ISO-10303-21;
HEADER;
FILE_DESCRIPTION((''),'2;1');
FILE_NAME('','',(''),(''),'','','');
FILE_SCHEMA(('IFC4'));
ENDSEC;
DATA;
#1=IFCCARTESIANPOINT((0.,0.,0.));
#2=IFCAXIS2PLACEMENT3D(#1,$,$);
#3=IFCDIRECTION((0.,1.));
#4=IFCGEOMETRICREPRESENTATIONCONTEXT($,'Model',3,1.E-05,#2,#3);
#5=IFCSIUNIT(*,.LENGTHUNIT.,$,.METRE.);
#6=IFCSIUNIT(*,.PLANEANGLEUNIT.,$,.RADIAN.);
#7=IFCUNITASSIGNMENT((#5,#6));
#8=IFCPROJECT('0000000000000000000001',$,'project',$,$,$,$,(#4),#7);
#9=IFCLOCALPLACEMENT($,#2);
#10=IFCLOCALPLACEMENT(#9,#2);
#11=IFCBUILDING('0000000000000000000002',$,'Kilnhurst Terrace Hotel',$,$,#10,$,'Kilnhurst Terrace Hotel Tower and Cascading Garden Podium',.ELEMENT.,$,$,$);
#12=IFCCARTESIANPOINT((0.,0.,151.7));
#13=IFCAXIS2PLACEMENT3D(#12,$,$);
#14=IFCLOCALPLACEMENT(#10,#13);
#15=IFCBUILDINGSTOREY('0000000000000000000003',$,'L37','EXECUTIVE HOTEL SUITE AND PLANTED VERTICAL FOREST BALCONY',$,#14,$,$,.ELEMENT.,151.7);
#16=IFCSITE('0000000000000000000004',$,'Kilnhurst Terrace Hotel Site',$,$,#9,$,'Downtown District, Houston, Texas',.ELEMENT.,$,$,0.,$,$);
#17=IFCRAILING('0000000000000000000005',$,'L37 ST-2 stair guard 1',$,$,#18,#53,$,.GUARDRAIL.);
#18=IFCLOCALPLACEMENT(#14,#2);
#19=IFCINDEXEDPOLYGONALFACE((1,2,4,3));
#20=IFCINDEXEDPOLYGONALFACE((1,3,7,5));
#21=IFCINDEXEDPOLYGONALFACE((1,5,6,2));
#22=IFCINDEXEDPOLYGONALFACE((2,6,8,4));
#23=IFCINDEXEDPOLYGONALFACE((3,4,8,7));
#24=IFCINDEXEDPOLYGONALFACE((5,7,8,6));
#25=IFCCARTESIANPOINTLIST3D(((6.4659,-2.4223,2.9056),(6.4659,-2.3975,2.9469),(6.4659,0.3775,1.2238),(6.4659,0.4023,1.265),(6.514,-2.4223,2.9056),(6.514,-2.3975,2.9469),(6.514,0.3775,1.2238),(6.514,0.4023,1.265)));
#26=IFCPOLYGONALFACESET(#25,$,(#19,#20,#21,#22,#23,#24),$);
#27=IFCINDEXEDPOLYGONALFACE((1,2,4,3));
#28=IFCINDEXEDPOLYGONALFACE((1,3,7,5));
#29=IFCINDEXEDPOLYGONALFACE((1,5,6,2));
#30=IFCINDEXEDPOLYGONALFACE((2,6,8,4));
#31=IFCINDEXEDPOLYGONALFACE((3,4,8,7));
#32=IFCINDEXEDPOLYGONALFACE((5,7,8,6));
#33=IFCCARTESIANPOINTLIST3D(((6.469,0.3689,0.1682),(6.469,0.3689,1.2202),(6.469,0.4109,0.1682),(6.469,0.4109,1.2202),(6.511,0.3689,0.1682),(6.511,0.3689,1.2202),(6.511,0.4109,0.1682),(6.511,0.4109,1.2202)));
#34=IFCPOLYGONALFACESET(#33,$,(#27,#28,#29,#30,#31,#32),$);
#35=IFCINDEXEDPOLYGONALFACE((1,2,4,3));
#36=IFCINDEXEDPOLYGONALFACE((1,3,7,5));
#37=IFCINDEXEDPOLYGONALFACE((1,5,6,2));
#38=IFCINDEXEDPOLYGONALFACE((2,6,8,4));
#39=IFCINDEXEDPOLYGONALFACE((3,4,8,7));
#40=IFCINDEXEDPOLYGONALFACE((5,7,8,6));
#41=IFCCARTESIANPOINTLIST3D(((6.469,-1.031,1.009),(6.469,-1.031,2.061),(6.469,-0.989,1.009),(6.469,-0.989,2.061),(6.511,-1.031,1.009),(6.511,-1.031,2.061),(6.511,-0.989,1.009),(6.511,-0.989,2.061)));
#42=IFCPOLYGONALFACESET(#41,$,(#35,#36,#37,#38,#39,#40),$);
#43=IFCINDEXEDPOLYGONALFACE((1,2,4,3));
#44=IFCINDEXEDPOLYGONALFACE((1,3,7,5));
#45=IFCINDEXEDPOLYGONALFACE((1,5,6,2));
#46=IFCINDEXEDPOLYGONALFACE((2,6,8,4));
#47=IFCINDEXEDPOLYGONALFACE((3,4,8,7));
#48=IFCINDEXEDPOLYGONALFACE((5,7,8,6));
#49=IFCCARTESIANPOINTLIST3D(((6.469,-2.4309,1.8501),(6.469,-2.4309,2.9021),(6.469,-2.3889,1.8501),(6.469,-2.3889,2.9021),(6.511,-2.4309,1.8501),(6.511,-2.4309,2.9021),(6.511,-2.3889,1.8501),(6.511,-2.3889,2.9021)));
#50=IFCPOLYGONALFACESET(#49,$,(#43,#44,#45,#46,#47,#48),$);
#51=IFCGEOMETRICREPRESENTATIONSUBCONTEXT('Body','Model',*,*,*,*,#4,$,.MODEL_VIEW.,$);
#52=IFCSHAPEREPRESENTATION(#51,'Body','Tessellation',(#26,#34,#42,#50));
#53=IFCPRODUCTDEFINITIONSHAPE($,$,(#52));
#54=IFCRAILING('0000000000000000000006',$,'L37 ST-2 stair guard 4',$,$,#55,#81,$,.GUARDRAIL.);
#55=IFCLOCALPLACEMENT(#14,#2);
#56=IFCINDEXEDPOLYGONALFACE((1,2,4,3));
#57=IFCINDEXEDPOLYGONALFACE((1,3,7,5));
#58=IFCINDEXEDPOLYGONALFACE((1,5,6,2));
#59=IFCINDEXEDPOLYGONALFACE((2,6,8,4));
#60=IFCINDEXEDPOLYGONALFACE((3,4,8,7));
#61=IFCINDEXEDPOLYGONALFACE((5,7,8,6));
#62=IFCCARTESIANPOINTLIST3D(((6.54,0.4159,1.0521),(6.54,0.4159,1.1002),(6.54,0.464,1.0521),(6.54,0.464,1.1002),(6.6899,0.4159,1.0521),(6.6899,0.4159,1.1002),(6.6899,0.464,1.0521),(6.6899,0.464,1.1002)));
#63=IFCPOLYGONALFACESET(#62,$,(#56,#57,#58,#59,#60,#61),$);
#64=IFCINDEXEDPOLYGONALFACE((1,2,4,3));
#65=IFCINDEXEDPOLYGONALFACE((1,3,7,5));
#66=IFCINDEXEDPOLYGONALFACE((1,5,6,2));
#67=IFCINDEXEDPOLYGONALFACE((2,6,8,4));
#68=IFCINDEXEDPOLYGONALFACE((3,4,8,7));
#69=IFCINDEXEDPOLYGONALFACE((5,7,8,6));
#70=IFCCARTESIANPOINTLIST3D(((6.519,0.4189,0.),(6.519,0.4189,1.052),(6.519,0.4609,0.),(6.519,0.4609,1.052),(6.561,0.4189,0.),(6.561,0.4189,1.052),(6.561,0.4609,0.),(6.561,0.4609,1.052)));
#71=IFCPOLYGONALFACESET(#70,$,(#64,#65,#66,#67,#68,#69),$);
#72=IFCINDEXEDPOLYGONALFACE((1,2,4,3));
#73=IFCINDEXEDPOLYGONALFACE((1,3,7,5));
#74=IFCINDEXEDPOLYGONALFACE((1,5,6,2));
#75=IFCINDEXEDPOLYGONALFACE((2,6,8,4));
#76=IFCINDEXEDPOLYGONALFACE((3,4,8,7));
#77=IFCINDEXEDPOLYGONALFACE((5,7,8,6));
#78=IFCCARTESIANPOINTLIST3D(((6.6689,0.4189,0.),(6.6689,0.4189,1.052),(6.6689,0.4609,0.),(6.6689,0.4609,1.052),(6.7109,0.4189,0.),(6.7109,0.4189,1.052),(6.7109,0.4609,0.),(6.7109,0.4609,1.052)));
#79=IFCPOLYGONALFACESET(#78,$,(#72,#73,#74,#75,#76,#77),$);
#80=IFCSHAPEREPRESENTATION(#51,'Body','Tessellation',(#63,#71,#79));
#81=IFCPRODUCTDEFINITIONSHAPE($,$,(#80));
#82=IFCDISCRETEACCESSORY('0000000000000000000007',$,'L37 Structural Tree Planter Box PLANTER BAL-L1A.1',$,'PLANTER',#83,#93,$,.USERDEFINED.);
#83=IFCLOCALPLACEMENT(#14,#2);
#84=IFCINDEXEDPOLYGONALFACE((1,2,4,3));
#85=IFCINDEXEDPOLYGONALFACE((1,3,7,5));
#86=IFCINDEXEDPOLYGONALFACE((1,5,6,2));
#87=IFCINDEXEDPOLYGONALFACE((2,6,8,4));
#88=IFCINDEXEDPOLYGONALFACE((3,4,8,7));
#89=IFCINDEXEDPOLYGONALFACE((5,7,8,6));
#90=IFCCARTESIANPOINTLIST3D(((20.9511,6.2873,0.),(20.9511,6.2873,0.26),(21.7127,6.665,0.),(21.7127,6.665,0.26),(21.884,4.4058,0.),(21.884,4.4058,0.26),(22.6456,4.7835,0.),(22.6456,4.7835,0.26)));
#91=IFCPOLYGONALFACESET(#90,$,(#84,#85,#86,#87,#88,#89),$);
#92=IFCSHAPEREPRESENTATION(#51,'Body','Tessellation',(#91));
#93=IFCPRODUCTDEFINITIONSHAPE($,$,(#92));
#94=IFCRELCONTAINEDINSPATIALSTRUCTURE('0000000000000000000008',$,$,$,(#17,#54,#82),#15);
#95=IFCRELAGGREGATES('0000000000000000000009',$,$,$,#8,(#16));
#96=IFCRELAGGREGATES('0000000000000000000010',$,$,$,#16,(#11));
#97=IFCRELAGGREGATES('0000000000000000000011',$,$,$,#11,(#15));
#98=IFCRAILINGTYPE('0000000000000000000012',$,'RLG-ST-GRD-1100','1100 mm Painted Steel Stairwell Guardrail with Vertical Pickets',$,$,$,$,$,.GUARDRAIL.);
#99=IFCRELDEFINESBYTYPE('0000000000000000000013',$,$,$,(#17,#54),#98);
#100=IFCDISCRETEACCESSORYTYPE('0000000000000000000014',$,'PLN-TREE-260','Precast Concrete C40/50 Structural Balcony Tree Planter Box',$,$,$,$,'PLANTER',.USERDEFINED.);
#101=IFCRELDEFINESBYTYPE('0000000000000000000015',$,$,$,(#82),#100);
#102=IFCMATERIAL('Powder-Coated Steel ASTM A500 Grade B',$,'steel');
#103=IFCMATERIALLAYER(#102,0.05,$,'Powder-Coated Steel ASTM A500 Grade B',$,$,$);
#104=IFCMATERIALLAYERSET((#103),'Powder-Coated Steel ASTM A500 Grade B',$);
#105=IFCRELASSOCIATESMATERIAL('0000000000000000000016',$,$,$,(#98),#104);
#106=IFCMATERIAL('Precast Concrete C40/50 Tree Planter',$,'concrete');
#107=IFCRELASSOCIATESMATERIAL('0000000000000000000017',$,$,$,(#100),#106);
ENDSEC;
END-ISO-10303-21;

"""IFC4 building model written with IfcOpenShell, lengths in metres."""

from ifc_helpers import new_model, si_unit, direction, frame, origin, origin_2d, place, context, subcontext, project, spatial, rectangle, extrude, material, layer, layer_set, type_object, element, save


model = new_model("IFC4")

# Units and contexts
model_context = context("Model", 3, precision=1e-05, world=origin(), true_north=direction((0.0, 1.0)))
body_context = subcontext(model_context, "Body", "Model", "MODEL_VIEW")
ifc_project = project(units=[si_unit("LENGTHUNIT", "METRE"), si_unit("PLANEANGLEUNIT", "RADIAN")], contexts=[model_context])

# Site, building, storey
site_placement = place(None, origin())
site = spatial("IfcSite", under=ifc_project, at=site_placement, Name="Kilnhurst Terrace Hotel Site", LongName="Downtown District, Houston, Texas", CompositionType="ELEMENT", RefElevation=0.0)
building_placement = place(site_placement, origin())
building = spatial("IfcBuilding", under=site, at=building_placement, Name="Kilnhurst Terrace Hotel", LongName="Kilnhurst Terrace Hotel Tower and Cascading Garden Podium", CompositionType="ELEMENT")
storey_placement = place(building_placement, frame((0.0, 0.0, 151.7)))
storey = spatial("IfcBuildingStorey", under=building, at=storey_placement, Name="L37", Description="EXECUTIVE HOTEL SUITE AND PLANTED VERTICAL FOREST BALCONY", CompositionType="ELEMENT", Elevation=151.7)

# Railings
ifc_material_1 = material(Name="Powder-Coated Steel ASTM A500 Grade B", Category="steel")
ifc_layer_1 = layer(ifc_material_1, 0.05, Name="Powder-Coated Steel ASTM A500 Grade B")
ifc_layer_set_1 = layer_set([ifc_layer_1], Name="Powder-Coated Steel ASTM A500 Grade B")
railing_type = type_object("IfcRailingType", Name="RLG-ST-GRD-1100", Description="1100 mm Painted Steel Stairwell Guardrail with Vertical Pickets", PredefinedType="GUARDRAIL", material=ifc_layer_set_1)
railing_1_placement = place(storey_placement, frame((6.49, 0.3899, 0.1682)))
element("IfcRailing", 1, at=railing_1_placement, inside=storey, type_object=railing_type, Name="L37 ST-2 stair guard 1", PredefinedType="GUARDRAIL", context=body_context, shape_type="SweptSolid", body=[
    extrude(rectangle(XDim=0.0481, YDim=0.0481, at=origin_2d()), frame((0.0, 0.0, 1.0762), z_axis=(0.0, -0.857222, 0.514946), x_axis=(1.0, 0.0, 0.0)), (0.0, 0.0, 1.0), 3.2661),
    extrude(rectangle(XDim=0.042, YDim=0.042, at=origin_2d()), origin(), (0.0, 0.0, 1.0), 1.052),
    extrude(rectangle(XDim=0.042, YDim=0.042, at=origin_2d()), frame((0.0, -1.3999, 0.8408)), (0.0, 0.0, 1.0), 1.052),
    extrude(rectangle(XDim=0.042, YDim=0.042, at=origin_2d()), frame((0.0, -2.7998, 1.6819)), (0.0, 0.0, 1.0), 1.052),
])
railing_2_placement = place(storey_placement, frame((6.54, 0.4399, 0.0)))
element("IfcRailing", 2, at=railing_2_placement, inside=storey, type_object=railing_type, Name="L37 ST-2 stair guard 4", PredefinedType="GUARDRAIL", context=body_context, shape_type="SweptSolid", body=[
    extrude(rectangle(XDim=0.0481, YDim=0.0481, at=origin_2d()), frame((0.0, 0.0, 1.0762), z_axis=(1.0, 0.0, 0.0), x_axis=(0.0, 1.0, 0.0)), (0.0, 0.0, 1.0), 0.1499),
    extrude(rectangle(XDim=0.042, YDim=0.042, at=origin_2d()), origin(), (0.0, 0.0, 1.0), 1.052),
    extrude(rectangle(XDim=0.042, YDim=0.042, at=origin_2d()), frame((0.1499, 0.0, 0.0)), (0.0, 0.0, 1.0), 1.052),
])

# Discrete accessory
ifc_material_2 = material(Name="Precast Concrete C40/50 Tree Planter", Category="concrete")
discrete_accessory_type = type_object("IfcDiscreteAccessoryType", Name="PLN-TREE-260", Description="Precast Concrete C40/50 Structural Balcony Tree Planter Box", ElementType="PLANTER", PredefinedType="USERDEFINED", material=ifc_material_2)
discrete_accessory_placement = place(storey_placement, frame((21.7983, 5.5354, 0.0), z_axis=(0.0, 0.0, 1.0), x_axis=(-0.444244, 0.895906, 0.0)))
element("IfcDiscreteAccessory", 3, at=discrete_accessory_placement, inside=storey, type_object=discrete_accessory_type, Name="L37 Structural Tree Planter Box PLANTER BAL-L1A.1", ObjectType="PLANTER", PredefinedType="USERDEFINED", context=body_context, shape_type="SweptSolid", body=[
    extrude(rectangle(XDim=2.1001, YDim=0.8501, at=origin_2d()), origin(), (0.0, 0.0, 1.0), 0.26),
])

save(model, "model.ifc")
